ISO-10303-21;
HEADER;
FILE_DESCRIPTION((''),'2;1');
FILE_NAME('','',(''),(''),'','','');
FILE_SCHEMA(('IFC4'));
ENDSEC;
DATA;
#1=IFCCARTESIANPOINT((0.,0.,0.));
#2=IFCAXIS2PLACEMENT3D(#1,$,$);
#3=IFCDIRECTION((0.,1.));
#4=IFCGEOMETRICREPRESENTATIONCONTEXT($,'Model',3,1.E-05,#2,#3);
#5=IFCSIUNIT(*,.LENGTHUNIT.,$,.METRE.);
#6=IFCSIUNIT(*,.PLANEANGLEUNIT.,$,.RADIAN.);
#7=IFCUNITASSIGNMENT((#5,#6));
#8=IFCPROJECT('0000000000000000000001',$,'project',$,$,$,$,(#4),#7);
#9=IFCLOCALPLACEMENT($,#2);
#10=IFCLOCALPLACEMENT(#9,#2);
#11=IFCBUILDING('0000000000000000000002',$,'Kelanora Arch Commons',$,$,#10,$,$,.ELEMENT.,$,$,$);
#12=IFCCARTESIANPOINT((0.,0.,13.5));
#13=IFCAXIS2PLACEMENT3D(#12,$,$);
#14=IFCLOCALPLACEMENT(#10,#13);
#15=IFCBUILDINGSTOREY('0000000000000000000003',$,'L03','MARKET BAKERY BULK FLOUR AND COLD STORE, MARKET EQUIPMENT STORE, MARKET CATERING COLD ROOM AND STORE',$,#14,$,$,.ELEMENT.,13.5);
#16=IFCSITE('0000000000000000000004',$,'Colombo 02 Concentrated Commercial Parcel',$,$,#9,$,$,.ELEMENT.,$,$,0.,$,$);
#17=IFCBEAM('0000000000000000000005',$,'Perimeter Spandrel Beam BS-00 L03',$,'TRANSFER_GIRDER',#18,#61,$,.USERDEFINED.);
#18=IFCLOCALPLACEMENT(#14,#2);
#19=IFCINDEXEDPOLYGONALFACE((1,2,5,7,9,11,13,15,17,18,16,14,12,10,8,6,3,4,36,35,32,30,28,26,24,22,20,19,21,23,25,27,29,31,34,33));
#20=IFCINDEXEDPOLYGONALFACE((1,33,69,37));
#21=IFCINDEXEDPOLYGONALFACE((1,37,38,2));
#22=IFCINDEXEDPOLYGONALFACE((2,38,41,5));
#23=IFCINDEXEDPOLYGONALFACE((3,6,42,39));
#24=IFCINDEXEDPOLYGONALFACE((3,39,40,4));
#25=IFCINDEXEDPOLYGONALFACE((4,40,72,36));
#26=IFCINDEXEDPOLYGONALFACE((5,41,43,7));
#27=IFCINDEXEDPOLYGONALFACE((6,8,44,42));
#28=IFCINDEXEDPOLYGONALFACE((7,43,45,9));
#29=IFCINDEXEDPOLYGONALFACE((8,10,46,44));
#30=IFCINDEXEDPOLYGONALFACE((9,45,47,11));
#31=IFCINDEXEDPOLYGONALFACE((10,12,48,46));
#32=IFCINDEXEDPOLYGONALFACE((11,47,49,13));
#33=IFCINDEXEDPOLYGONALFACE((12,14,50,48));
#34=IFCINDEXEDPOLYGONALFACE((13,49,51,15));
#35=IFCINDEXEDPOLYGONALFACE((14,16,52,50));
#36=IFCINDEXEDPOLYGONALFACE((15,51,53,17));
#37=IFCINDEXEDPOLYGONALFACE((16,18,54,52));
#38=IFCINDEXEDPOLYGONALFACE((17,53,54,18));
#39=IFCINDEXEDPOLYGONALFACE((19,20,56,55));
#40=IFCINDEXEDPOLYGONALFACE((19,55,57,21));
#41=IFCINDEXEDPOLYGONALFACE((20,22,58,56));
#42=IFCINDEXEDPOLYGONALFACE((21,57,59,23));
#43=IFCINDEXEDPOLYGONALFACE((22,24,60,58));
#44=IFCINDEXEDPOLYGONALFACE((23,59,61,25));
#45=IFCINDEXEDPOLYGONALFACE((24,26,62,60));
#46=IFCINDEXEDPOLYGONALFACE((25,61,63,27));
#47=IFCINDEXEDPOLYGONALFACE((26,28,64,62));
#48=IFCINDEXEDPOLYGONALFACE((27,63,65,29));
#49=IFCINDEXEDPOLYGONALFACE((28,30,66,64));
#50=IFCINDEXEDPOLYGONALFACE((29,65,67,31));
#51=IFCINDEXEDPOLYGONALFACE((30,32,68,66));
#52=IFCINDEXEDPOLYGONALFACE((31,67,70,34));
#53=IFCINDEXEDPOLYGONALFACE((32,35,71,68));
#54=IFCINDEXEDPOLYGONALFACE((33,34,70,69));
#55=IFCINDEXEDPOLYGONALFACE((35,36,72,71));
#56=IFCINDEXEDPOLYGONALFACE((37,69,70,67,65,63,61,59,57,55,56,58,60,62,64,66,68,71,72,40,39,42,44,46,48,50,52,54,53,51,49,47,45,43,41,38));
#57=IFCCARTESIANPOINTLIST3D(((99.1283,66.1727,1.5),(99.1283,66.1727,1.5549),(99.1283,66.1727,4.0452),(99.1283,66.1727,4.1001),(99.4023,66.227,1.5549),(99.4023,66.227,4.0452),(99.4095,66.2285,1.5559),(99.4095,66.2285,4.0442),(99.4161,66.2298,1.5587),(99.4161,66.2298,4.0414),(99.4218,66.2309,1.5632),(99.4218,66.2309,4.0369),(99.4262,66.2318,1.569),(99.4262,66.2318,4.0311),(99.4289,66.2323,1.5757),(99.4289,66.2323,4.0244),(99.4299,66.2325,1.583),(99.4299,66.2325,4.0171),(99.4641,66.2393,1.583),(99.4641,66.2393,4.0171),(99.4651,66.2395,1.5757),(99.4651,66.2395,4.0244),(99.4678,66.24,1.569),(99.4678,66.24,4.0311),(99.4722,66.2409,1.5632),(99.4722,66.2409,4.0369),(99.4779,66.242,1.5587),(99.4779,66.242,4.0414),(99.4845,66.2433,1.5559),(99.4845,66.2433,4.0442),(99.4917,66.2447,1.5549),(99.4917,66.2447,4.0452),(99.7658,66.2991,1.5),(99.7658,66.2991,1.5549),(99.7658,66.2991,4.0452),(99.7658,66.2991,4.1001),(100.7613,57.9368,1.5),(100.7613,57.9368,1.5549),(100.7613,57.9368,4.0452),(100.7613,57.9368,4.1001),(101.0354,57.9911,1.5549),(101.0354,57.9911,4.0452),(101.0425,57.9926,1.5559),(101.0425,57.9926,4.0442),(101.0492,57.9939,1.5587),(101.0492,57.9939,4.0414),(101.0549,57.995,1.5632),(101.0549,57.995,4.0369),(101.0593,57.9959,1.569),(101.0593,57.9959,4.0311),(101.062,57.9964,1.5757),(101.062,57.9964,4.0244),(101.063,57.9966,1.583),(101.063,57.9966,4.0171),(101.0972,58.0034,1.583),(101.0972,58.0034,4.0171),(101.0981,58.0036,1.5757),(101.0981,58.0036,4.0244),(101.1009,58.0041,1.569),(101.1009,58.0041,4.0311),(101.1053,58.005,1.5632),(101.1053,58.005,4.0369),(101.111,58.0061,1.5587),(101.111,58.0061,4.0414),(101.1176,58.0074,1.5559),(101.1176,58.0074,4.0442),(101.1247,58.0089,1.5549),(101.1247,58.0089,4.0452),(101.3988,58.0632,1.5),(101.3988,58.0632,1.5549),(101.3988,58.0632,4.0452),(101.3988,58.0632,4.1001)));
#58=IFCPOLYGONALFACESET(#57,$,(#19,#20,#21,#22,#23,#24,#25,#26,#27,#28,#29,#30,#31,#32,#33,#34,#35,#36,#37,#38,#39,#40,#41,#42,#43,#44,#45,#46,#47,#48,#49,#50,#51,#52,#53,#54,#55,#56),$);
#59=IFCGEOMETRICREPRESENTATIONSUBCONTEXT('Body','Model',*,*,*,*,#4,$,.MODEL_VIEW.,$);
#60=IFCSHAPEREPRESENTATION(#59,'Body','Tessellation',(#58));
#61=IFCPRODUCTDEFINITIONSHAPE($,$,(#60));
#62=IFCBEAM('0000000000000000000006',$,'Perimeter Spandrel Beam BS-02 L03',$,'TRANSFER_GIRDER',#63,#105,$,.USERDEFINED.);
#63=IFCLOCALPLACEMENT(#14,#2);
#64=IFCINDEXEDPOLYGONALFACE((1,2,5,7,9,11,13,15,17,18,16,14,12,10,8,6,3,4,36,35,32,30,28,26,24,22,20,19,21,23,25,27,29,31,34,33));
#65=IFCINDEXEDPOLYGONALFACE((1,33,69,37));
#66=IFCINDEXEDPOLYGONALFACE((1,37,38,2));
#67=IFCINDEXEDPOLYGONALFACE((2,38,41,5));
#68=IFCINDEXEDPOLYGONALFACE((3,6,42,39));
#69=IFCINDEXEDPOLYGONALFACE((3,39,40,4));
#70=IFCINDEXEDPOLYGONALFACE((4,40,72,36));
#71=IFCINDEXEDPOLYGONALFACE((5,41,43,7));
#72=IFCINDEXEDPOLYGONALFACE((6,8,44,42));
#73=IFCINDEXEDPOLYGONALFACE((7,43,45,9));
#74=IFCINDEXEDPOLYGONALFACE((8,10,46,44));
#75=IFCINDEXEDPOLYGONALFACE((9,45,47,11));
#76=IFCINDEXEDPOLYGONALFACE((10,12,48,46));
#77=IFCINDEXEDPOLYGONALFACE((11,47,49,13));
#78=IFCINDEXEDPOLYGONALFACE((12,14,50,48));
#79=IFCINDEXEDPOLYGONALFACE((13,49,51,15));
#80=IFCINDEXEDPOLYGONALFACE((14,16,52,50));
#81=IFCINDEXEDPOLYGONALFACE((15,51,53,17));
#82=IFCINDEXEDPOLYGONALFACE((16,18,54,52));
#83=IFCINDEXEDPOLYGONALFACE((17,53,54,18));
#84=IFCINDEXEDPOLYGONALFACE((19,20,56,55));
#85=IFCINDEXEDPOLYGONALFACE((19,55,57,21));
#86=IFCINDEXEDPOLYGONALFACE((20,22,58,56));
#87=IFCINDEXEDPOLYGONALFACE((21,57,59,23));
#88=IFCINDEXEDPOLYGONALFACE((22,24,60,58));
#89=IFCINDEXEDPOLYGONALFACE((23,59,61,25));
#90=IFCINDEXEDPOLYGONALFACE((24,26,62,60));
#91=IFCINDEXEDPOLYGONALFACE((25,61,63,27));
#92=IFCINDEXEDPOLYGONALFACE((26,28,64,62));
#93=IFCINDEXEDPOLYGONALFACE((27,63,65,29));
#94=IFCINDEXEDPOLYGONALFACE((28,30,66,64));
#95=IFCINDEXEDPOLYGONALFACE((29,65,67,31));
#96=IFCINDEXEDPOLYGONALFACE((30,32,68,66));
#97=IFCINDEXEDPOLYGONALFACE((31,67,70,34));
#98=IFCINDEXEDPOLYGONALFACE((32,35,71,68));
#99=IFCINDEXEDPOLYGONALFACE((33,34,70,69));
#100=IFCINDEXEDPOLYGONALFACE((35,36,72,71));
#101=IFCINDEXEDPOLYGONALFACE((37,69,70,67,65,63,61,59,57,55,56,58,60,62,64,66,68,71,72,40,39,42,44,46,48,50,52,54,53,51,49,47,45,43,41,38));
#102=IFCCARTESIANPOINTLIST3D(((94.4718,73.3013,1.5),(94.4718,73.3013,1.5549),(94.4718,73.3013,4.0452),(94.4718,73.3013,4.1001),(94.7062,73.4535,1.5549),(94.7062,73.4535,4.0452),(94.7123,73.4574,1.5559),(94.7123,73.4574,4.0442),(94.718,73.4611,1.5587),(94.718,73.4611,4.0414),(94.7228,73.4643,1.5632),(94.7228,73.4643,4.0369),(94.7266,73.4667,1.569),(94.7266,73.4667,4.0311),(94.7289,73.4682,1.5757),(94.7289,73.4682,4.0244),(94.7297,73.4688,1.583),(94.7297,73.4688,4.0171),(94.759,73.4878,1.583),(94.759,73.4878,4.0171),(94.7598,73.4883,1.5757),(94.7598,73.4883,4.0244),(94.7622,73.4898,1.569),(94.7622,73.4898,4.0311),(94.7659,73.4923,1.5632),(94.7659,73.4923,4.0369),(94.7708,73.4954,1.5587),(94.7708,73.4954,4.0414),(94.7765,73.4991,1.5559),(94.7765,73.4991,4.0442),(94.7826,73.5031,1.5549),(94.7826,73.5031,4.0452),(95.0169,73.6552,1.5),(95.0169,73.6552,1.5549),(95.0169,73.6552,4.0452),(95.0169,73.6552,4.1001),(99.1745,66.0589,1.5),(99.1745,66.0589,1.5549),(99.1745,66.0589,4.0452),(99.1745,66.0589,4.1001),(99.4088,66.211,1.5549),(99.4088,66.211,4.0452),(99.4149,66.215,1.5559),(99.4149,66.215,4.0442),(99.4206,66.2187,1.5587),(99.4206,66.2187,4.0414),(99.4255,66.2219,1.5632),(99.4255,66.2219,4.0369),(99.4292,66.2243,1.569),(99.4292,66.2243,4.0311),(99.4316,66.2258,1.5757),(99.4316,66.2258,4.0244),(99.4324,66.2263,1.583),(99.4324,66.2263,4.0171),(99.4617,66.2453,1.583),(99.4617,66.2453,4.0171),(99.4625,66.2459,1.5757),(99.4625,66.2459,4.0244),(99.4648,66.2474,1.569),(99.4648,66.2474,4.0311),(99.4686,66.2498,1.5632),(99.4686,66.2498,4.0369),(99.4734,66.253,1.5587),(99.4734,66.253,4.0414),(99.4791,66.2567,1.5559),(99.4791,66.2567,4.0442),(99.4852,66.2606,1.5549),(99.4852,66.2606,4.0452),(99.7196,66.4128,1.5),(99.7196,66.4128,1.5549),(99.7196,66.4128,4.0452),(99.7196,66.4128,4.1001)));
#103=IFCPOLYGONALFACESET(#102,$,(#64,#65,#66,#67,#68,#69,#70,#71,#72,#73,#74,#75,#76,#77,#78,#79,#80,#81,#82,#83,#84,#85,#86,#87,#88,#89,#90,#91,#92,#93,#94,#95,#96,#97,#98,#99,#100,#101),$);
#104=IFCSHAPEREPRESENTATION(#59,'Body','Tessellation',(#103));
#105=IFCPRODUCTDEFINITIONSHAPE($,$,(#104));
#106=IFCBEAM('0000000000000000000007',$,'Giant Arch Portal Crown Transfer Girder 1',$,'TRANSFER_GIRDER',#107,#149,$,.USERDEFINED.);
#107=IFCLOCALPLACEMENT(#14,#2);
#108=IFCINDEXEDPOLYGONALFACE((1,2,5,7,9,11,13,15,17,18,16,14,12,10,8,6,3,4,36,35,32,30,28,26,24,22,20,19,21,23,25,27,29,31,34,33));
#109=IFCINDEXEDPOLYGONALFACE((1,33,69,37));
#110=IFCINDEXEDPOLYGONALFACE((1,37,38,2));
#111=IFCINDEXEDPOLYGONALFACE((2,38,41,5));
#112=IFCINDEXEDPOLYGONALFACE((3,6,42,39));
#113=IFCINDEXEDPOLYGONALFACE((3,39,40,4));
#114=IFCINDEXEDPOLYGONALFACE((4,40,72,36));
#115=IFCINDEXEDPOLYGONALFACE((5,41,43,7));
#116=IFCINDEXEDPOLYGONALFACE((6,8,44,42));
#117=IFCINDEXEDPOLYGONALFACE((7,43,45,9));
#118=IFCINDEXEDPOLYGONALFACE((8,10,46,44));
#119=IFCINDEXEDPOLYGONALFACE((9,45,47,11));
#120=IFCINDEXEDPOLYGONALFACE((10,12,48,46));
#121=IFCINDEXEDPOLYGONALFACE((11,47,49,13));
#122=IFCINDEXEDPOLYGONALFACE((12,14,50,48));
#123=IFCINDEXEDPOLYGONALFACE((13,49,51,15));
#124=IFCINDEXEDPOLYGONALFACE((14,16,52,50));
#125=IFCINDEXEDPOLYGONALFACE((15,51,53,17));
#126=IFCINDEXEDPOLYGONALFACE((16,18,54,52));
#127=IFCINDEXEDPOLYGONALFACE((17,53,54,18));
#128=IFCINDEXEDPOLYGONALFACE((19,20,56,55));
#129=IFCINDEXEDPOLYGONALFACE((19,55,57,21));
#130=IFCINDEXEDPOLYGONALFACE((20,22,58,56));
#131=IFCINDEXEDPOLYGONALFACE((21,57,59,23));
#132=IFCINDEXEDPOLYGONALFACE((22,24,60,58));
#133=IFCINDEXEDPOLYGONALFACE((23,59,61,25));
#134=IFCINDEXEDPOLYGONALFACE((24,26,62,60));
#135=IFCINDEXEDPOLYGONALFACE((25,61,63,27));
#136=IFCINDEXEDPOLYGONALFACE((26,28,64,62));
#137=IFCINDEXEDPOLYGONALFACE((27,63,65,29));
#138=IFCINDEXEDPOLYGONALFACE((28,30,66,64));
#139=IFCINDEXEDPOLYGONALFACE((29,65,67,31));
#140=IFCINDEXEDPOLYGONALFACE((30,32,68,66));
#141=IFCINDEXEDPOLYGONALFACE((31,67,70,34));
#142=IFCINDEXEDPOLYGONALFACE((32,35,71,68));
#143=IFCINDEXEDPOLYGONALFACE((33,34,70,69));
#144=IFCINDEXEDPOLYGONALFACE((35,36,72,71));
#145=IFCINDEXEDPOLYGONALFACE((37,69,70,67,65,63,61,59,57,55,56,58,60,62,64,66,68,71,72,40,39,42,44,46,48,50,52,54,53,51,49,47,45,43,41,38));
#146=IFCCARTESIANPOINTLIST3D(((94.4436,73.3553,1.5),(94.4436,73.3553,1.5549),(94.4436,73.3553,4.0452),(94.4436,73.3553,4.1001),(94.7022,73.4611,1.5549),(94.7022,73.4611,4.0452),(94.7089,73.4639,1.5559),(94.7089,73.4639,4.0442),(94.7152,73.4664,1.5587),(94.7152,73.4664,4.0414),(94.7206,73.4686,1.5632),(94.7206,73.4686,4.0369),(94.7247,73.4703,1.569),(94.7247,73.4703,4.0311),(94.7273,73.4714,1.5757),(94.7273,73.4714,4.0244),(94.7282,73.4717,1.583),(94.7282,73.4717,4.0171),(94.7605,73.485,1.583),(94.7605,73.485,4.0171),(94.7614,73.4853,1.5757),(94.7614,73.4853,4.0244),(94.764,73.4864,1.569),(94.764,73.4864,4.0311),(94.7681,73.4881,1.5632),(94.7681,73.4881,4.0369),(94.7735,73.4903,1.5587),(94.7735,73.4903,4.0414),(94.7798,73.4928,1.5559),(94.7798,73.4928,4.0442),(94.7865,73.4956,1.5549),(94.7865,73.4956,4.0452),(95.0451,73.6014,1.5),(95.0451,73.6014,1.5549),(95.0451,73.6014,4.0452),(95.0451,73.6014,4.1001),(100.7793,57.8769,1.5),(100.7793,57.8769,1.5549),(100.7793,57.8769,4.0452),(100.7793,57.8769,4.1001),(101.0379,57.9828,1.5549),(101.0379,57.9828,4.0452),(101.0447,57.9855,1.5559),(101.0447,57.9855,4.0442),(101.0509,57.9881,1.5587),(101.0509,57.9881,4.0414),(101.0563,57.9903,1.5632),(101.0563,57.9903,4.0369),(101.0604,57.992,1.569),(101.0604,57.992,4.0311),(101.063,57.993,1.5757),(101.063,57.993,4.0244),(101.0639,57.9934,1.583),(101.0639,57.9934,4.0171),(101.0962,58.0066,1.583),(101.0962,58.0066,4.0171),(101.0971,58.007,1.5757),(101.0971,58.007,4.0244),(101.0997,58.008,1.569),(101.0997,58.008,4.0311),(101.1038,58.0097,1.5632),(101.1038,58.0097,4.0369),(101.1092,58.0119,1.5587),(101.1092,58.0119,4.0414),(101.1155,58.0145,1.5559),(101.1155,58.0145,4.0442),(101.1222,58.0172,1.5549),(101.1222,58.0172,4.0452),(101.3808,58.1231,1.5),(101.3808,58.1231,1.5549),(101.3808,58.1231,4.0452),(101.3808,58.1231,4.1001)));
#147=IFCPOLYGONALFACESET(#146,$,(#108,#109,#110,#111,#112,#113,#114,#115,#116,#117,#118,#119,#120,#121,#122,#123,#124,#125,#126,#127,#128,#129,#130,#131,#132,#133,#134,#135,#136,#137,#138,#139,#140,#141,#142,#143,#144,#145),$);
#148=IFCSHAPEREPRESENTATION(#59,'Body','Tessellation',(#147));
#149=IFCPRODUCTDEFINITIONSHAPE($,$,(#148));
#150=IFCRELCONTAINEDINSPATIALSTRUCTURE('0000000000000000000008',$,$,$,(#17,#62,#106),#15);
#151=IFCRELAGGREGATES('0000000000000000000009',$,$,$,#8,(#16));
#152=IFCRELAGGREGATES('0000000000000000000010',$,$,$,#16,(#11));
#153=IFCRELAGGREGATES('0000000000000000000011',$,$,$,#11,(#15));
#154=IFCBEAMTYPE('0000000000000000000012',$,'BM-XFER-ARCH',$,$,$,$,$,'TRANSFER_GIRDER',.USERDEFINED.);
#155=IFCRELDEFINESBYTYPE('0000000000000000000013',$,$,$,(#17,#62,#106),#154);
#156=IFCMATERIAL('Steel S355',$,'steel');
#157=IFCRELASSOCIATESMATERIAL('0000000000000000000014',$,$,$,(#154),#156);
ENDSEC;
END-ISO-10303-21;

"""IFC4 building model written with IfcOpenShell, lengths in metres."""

from ifc_helpers import new_model, si_unit, direction, frame, origin, origin_2d, place, context, subcontext, project, spatial, i_section, extrude, material, material_profile, profile_set, type_object, element, save


model = new_model("IFC4")

# Units and contexts
model_context = context("Model", 3, precision=1e-05, world=origin(), true_north=direction((0.0, 1.0)))
body_context = subcontext(model_context, "Body", "Model", "MODEL_VIEW")
ifc_project = project(units=[si_unit("LENGTHUNIT", "METRE"), si_unit("PLANEANGLEUNIT", "RADIAN")], contexts=[model_context])

# Site, building, storey
site_placement = place(None, origin())
site = spatial("IfcSite", under=ifc_project, at=site_placement, Name="Colombo 02 Concentrated Commercial Parcel", CompositionType="ELEMENT", RefElevation=0.0)
building_placement = place(site_placement, origin())
building = spatial("IfcBuilding", under=site, at=building_placement, Name="Kelanora Arch Commons", CompositionType="ELEMENT")
storey_placement = place(building_placement, frame((0.0, 0.0, 13.5)))
storey = spatial("IfcBuildingStorey", under=building, at=storey_placement, Name="L03", Description="MARKET BAKERY BULK FLOUR AND COLD STORE, MARKET EQUIPMENT STORE, MARKET CATERING COLD ROOM AND STORE", CompositionType="ELEMENT", Elevation=13.5)

# Beams
ifc_material_1 = material(Name="Steel S355", Category="steel")
ifc_material_profile_1 = material_profile(ifc_material_1, i_section(OverallWidth=0.6499, OverallDepth=2.6001, WebThickness=0.0349, FlangeThickness=0.0549, FilletRadius=0.0281, at=origin_2d()), Name="PG2600x650")
ifc_profile_set_1 = profile_set([ifc_material_profile_1], Name="Steel S355")
beam_type_1 = type_object("IfcBeamType", Name="BM-XFER-ARCH", ElementType="TRANSFER_GIRDER", PredefinedType="USERDEFINED", material=ifc_profile_set_1)
beam_1_placement = place(storey_placement, frame((101.0801, 58.0, 2.8), z_axis=(-0.1945, 0.980903, 0.0), x_axis=(-0.980903, -0.1945, 0.0)))
element("IfcBeam", 1, at=beam_1_placement, inside=storey, type_object=beam_type_1, Name="Perimeter Spandrel Beam BS-00 L03", ObjectType="TRANSFER_GIRDER", PredefinedType="USERDEFINED", context=body_context, shape_type="SweptSolid", body=[
    extrude(i_section(OverallWidth=0.6499, OverallDepth=2.6001, WebThickness=0.0349, FlangeThickness=0.0549, FilletRadius=0.0281, at=origin_2d()), origin(), (0.0, 0.0, 1.0), 8.3962),
])
beam_2_placement = place(storey_placement, frame((99.447, 66.2358, 2.8), z_axis=(-0.544586, 0.838705, 0.0), x_axis=(-0.838705, -0.544586, 0.0)))
element("IfcBeam", 2, at=beam_2_placement, inside=storey, type_object=beam_type_1, Name="Perimeter Spandrel Beam BS-02 L03", ObjectType="TRANSFER_GIRDER", PredefinedType="USERDEFINED", context=body_context, shape_type="SweptSolid", body=[
    extrude(i_section(OverallWidth=0.6499, OverallDepth=2.6001, WebThickness=0.0349, FlangeThickness=0.0549, FilletRadius=0.0281, at=origin_2d()), origin(), (0.0, 0.0, 1.0), 8.6353),
])
beam_3_placement = place(storey_placement, frame((101.0801, 58.0, 2.8), z_axis=(-0.378821, 0.92547, 0.0), x_axis=(-0.92547, -0.378821, 0.0)))
element("IfcBeam", 3, at=beam_3_placement, inside=storey, type_object=beam_type_1, Name="Giant Arch Portal Crown Transfer Girder 1", ObjectType="TRANSFER_GIRDER", PredefinedType="USERDEFINED", context=body_context, shape_type="SweptSolid", body=[
    extrude(i_section(OverallWidth=0.6499, OverallDepth=2.6001, WebThickness=0.0349, FlangeThickness=0.0549, FilletRadius=0.0281, at=origin_2d()), origin(), (0.0, 0.0, 1.0), 16.7249),
])

save(model, "model.ifc")
